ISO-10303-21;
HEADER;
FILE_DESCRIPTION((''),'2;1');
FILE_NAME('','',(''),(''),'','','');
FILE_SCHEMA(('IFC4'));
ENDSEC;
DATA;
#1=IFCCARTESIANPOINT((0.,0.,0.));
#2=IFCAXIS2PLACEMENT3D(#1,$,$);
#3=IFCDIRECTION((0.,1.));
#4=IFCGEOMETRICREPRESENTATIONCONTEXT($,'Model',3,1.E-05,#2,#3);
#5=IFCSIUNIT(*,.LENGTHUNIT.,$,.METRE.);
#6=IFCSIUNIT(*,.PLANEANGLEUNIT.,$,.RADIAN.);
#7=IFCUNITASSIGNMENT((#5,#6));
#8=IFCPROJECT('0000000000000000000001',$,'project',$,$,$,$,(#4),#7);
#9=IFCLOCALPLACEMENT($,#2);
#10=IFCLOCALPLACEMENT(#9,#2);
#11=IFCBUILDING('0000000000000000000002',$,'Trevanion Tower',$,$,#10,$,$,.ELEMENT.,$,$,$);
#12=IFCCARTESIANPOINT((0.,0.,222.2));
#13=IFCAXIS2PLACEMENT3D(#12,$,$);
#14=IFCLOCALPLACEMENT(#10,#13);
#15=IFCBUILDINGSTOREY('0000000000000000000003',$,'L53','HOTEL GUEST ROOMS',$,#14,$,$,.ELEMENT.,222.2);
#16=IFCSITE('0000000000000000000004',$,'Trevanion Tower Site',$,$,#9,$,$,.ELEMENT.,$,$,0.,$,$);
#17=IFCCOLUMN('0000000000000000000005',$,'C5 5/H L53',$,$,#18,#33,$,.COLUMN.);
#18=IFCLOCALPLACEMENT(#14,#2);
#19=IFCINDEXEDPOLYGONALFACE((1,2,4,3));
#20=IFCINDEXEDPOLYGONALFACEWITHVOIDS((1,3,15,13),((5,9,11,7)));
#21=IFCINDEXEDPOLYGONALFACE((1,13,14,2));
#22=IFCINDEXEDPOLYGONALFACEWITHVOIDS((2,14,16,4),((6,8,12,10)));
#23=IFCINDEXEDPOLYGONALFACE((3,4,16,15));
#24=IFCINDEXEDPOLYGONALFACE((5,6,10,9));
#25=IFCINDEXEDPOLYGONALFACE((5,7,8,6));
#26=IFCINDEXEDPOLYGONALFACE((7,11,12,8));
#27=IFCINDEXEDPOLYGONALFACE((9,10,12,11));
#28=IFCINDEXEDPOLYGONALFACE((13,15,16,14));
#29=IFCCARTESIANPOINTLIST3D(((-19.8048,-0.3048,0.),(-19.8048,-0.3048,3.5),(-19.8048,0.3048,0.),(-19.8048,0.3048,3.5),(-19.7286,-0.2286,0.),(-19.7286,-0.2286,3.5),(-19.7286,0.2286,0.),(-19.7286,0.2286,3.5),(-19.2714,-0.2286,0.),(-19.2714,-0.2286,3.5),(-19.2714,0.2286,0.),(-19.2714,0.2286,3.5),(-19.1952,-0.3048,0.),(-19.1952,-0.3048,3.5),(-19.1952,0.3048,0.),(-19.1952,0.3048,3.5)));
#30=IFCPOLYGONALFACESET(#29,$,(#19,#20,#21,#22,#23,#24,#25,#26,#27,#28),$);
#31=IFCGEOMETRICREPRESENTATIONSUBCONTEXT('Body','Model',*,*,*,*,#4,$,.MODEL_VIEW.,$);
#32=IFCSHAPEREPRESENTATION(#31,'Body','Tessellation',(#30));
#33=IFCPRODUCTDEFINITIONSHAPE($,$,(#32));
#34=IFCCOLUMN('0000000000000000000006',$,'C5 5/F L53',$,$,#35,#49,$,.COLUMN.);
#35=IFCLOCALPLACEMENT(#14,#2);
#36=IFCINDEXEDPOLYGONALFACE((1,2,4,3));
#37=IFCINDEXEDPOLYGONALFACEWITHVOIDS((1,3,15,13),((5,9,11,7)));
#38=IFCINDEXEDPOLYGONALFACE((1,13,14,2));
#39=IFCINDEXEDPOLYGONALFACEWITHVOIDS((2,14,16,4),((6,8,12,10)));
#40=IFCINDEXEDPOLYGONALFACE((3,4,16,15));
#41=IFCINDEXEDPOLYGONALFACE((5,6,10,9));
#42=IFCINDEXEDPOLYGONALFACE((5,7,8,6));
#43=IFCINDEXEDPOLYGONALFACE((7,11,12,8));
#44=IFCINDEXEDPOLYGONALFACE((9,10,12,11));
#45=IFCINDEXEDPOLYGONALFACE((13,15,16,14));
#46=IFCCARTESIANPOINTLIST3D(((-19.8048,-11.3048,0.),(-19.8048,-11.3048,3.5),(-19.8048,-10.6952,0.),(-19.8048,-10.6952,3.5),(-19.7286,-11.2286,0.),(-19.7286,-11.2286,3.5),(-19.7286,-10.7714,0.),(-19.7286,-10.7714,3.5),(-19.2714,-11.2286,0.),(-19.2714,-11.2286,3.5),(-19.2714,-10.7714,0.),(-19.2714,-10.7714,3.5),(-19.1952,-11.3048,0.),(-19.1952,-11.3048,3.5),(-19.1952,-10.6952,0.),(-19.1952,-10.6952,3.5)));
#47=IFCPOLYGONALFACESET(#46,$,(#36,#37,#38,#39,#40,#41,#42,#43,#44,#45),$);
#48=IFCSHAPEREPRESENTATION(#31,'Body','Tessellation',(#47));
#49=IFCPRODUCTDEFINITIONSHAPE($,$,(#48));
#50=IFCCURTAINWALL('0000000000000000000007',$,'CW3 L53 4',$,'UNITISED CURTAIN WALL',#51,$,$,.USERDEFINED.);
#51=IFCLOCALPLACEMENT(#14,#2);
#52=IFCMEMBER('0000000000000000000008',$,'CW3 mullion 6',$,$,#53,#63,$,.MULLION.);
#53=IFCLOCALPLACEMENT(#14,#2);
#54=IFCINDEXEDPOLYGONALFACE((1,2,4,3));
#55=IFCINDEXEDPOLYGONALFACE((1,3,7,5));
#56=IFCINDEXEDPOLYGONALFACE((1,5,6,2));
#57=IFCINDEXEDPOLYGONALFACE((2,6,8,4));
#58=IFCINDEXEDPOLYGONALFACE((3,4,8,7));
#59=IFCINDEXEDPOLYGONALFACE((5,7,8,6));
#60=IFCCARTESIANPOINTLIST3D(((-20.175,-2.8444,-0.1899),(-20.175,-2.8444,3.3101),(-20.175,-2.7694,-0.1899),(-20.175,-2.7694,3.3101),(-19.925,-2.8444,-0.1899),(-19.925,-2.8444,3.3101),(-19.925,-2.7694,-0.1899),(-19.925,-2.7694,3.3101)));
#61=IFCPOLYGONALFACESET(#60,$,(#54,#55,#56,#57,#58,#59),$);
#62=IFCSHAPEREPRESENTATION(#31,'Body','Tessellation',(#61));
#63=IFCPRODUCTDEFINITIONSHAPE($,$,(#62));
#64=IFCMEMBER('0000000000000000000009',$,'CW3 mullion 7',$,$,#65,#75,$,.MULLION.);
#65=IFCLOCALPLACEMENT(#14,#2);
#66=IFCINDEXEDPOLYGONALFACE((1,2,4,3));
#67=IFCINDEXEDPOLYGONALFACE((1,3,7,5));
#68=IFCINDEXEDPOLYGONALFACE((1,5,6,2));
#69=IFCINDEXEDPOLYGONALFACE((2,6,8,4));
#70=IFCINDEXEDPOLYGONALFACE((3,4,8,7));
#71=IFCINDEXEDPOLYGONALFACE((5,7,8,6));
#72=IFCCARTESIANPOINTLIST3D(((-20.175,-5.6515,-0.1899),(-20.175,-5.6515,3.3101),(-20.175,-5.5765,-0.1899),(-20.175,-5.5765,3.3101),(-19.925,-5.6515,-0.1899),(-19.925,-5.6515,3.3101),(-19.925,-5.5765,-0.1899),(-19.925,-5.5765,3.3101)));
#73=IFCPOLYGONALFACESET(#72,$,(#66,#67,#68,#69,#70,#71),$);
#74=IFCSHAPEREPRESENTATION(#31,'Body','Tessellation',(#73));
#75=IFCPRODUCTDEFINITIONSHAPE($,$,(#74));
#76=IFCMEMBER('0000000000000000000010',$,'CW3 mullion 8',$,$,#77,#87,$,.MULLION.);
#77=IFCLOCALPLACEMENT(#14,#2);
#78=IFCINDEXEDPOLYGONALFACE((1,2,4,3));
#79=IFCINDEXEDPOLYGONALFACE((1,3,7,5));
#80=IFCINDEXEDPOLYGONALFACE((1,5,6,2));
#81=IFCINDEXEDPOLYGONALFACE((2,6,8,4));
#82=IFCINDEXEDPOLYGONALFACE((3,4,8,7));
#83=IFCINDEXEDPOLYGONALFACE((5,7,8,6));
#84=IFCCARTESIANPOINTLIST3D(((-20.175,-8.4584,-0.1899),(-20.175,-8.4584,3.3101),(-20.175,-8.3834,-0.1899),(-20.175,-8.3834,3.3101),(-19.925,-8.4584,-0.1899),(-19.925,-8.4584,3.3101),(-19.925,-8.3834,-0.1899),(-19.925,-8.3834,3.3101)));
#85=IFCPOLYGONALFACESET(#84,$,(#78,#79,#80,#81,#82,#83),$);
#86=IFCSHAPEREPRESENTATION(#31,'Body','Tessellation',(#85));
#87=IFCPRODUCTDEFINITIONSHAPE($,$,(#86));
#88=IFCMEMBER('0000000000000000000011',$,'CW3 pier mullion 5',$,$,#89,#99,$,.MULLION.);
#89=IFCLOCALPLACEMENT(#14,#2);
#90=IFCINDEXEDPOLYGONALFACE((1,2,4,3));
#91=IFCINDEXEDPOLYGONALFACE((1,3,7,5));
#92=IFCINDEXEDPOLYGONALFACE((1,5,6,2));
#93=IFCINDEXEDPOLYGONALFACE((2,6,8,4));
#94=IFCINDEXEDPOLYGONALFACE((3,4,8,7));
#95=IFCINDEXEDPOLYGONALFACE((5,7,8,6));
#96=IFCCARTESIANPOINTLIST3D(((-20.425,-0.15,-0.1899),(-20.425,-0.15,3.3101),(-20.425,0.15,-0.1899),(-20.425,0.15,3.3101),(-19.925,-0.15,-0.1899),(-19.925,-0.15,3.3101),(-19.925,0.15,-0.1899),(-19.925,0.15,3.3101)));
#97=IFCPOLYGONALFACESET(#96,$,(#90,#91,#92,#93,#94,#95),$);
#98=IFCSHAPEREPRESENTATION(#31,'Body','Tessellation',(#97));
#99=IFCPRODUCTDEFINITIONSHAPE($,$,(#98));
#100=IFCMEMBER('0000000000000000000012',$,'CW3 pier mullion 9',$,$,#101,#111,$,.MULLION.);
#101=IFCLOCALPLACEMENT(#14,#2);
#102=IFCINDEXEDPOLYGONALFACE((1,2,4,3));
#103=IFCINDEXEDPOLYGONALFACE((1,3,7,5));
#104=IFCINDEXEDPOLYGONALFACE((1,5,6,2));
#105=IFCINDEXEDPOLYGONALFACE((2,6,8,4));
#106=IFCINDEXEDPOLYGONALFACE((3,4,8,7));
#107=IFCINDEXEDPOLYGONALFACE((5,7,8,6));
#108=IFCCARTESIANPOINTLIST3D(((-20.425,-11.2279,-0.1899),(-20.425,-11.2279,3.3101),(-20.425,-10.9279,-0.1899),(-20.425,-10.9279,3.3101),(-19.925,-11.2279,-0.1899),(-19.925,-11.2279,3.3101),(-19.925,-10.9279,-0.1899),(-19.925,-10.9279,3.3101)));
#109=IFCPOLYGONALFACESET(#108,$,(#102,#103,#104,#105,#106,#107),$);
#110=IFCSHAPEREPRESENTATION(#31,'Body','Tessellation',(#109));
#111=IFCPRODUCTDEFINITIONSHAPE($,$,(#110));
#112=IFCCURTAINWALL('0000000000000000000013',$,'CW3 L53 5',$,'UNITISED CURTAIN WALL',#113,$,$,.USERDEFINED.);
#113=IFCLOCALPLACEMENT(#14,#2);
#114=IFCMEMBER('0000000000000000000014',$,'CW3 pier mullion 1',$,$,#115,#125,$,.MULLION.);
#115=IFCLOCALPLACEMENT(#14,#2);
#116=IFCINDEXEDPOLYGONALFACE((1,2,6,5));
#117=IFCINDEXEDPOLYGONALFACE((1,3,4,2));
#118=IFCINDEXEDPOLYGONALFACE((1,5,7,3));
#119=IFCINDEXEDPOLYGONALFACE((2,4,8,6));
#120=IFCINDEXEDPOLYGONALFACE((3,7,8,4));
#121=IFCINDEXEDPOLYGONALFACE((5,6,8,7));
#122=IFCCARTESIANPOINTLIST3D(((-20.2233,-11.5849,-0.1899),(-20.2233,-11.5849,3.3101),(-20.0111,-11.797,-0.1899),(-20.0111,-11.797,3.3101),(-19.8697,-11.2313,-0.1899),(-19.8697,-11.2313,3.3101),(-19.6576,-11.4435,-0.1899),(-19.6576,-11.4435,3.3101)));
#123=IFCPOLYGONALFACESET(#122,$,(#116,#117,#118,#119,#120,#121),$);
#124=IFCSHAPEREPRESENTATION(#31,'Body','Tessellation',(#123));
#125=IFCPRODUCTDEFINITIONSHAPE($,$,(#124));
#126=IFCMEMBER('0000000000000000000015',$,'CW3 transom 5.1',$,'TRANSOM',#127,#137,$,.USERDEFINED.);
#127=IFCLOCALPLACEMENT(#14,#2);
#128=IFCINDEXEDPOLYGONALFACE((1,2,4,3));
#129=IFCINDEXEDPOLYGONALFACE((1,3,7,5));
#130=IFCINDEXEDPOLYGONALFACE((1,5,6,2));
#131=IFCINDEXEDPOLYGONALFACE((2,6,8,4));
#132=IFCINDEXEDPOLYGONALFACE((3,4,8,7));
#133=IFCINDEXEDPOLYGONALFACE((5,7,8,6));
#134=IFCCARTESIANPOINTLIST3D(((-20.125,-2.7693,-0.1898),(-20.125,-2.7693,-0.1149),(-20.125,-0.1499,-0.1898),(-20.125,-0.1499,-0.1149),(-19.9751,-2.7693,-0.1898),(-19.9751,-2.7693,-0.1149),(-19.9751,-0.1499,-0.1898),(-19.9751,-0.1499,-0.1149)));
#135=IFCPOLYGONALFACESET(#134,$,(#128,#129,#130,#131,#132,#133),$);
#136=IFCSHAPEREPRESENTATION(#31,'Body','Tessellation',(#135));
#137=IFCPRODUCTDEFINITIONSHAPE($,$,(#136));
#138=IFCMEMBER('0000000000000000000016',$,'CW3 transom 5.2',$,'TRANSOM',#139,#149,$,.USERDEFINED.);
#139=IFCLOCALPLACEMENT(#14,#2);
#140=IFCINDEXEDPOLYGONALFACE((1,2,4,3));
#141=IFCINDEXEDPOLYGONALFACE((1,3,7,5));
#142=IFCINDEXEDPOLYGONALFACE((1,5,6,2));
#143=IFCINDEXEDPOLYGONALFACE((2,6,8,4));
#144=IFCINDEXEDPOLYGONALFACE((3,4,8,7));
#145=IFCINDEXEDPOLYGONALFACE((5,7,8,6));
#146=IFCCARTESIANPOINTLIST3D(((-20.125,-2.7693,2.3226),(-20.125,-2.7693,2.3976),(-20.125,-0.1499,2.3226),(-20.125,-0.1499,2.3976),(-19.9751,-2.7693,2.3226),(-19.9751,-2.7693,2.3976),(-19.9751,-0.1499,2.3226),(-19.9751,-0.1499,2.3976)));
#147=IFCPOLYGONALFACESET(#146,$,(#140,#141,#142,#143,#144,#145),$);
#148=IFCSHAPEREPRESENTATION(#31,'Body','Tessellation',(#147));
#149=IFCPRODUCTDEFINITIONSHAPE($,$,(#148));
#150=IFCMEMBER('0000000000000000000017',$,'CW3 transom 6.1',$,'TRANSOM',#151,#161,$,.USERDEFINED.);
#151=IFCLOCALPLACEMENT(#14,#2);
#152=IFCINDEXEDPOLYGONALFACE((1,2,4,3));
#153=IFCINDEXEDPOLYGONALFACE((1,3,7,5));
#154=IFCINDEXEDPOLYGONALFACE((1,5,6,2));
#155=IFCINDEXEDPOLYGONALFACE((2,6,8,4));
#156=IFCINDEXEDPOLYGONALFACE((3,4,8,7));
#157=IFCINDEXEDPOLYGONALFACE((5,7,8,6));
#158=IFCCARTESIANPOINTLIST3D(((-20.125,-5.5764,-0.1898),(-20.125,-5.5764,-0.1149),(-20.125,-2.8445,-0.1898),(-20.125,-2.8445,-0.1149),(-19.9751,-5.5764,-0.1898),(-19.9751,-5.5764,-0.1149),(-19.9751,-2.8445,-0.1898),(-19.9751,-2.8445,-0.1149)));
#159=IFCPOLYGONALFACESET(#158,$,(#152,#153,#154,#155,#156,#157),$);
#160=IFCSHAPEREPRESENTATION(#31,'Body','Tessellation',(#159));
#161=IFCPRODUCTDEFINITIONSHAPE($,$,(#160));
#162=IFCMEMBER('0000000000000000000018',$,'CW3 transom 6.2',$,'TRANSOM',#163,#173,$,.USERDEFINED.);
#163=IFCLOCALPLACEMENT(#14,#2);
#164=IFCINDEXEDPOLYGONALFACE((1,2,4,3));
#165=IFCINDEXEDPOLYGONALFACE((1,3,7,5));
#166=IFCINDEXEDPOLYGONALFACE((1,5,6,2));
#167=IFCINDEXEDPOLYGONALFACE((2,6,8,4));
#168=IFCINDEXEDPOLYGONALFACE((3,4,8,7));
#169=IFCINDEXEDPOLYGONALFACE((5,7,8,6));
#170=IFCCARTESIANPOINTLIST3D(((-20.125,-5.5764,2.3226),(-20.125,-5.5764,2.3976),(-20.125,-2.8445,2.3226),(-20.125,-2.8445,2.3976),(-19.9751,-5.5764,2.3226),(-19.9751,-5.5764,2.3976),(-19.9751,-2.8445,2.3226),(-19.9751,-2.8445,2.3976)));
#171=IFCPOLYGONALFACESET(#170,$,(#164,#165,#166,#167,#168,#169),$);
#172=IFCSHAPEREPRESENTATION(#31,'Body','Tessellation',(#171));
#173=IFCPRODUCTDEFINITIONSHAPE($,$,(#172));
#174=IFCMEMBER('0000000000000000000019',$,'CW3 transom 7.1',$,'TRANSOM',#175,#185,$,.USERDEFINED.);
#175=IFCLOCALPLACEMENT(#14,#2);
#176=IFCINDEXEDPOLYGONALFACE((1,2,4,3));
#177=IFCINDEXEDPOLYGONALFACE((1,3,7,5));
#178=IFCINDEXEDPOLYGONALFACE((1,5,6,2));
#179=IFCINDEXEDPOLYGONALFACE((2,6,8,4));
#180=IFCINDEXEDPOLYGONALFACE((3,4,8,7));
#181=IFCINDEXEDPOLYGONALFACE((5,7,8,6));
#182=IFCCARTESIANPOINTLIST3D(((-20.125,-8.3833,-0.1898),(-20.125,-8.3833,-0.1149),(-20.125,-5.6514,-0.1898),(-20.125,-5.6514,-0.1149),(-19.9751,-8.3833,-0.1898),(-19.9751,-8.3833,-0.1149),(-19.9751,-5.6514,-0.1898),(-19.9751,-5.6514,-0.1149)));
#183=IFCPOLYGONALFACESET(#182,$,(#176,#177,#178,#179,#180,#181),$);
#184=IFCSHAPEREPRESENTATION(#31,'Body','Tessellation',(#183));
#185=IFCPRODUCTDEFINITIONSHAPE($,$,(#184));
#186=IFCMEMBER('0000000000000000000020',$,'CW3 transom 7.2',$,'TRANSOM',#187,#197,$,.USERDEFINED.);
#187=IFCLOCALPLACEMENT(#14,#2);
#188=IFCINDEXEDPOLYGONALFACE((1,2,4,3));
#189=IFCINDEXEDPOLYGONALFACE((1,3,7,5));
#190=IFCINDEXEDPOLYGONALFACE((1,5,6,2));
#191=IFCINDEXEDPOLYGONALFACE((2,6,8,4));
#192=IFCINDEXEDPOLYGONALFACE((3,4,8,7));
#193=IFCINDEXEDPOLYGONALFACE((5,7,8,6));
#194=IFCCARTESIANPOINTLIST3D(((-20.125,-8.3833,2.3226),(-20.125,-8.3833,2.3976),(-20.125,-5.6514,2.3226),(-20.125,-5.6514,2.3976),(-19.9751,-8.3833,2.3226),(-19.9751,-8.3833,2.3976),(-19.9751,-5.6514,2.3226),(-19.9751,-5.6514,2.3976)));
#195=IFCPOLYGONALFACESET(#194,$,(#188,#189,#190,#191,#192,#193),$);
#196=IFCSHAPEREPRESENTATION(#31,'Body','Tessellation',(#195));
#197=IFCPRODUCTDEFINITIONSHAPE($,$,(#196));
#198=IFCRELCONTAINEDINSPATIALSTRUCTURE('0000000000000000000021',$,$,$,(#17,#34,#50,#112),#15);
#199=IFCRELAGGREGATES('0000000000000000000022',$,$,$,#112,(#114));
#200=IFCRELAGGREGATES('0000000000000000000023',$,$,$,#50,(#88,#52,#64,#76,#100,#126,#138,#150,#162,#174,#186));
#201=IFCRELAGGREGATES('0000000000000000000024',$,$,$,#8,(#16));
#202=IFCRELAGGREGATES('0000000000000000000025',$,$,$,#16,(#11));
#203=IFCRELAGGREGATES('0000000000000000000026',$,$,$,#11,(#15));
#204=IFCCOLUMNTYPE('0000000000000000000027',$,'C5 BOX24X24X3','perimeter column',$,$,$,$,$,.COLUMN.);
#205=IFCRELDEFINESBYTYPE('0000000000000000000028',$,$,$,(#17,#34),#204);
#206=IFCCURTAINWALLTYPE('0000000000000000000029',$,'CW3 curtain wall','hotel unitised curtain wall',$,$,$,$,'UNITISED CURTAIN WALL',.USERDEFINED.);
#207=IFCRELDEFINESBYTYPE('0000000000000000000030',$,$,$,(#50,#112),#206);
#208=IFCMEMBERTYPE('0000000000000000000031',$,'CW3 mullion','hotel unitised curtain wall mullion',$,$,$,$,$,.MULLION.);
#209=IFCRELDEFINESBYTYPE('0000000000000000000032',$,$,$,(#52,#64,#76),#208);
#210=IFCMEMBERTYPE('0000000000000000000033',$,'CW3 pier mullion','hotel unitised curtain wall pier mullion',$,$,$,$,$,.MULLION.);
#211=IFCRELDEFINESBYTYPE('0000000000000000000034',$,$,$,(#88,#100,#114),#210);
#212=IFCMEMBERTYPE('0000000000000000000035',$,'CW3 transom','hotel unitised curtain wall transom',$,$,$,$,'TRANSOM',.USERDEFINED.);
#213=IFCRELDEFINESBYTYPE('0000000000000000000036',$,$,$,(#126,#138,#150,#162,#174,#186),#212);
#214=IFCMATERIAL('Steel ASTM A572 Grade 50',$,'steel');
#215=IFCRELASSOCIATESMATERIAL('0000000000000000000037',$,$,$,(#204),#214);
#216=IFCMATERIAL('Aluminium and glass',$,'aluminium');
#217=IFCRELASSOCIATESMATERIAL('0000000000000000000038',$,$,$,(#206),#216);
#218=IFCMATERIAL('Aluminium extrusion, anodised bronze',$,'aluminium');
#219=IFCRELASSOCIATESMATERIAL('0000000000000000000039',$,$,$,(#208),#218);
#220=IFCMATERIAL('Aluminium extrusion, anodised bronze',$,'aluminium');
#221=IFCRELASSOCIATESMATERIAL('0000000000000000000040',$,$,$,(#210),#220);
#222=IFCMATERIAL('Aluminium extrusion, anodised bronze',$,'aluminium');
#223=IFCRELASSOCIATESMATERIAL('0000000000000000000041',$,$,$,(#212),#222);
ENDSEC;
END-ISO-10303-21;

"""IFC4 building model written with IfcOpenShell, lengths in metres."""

from ifc_helpers import new_model, si_unit, direction, frame, origin, origin_2d, place, context, subcontext, project, spatial, rectangle, hollow_rectangle, extrude, material, material_profile, profile_set, type_object, element, aggregate, save


model = new_model("IFC4")

# Units and contexts
model_context = context("Model", 3, precision=1e-05, world=origin(), true_north=direction((0.0, 1.0)))
body_context = subcontext(model_context, "Body", "Model", "MODEL_VIEW")
ifc_project = project(units=[si_unit("LENGTHUNIT", "METRE"), si_unit("PLANEANGLEUNIT", "RADIAN")], contexts=[model_context])

# Site, building, storey
site_placement = place(None, origin())
site = spatial("IfcSite", under=ifc_project, at=site_placement, Name="Trevanion Tower Site", CompositionType="ELEMENT", RefElevation=0.0)
building_placement = place(site_placement, origin())
building = spatial("IfcBuilding", under=site, at=building_placement, Name="Trevanion Tower", CompositionType="ELEMENT")
storey_placement = place(building_placement, frame((0.0, 0.0, 222.2)))
storey = spatial("IfcBuildingStorey", under=building, at=storey_placement, Name="L53", Description="HOTEL GUEST ROOMS", CompositionType="ELEMENT", Elevation=222.2)

# Columns
ifc_material_1 = material(Name="Steel ASTM A572 Grade 50", Category="steel")
ifc_material_profile_1 = material_profile(ifc_material_1, hollow_rectangle(XDim=0.6096, YDim=0.6096, WallThickness=0.0762, at=origin_2d()), Name="BOX24X24X3")
ifc_profile_set_1 = profile_set([ifc_material_profile_1], Name="Steel ASTM A572 Grade 50")
column_type = type_object("IfcColumnType", Name="C5 BOX24X24X3", Description="perimeter column", PredefinedType="COLUMN", material=ifc_profile_set_1)
for number, where, z_axis, x_axis, name in (
    (1, (-19.5, 0.0, 0.0), (0.0, 0.0, 1.0), (0.0, 1.0, 0.0), "C5 5/H L53"),
    (2, (-19.5, -11.0, 0.0), (0.0, 0.0, 1.0), (0.0, 1.0, 0.0), "C5 5/F L53"),
):
    element("IfcColumn", number, at=place(storey_placement, frame(where, z_axis=z_axis, x_axis=x_axis)), inside=storey, type_object=column_type, Name=name, PredefinedType="COLUMN", context=body_context, shape_type="SweptSolid", body=[
        extrude(hollow_rectangle(XDim=0.6096, YDim=0.6096, WallThickness=0.0762, at=origin_2d()), origin(), (0.0, 0.0, 1.0), 3.5),
    ])

# Curtain wall, members
ifc_material_2 = material(Name="Aluminium and glass", Category="aluminium")
curtain_wall_type = type_object("IfcCurtainWallType", Name="CW3 curtain wall", Description="hotel unitised curtain wall", ElementType="UNITISED CURTAIN WALL", PredefinedType="USERDEFINED", material=ifc_material_2)
curtain_wall_1_placement = place(storey_placement, origin())
curtain_wall_1 = element("IfcCurtainWall", 3, at=curtain_wall_1_placement, inside=storey, type_object=curtain_wall_type, Name="CW3 L53 4", ObjectType="UNITISED CURTAIN WALL", PredefinedType="USERDEFINED")
ifc_material_3 = material(Name="Aluminium extrusion, anodised bronze", Category="aluminium")
ifc_material_profile_2 = material_profile(ifc_material_3, rectangle(XDim=0.075, YDim=0.25, at=origin_2d()), Name="CW3 mullion")
ifc_profile_set_2 = profile_set([ifc_material_profile_2], Name="Aluminium extrusion, anodised bronze")
member_type_1 = type_object("IfcMemberType", Name="CW3 mullion", Description="hotel unitised curtain wall mullion", PredefinedType="MULLION", material=ifc_profile_set_2)
member_1_placement = place(storey_placement, frame((-20.05, -2.8069, -0.1899), z_axis=(0.0, 0.0, 1.0), x_axis=(0.0, -1.0, 0.0)))
member_1 = element("IfcMember", 4, at=member_1_placement, type_object=member_type_1, Name="CW3 mullion 6", PredefinedType="MULLION", context=body_context, shape_type="SweptSolid", body=[
    extrude(rectangle(XDim=0.075, YDim=0.25, at=origin_2d()), origin(), (0.0, 0.0, 1.0), 3.5),
])
member_2_placement = place(storey_placement, frame((-20.05, -5.614, -0.1899), z_axis=(0.0, 0.0, 1.0), x_axis=(0.0, -1.0, 0.0)))
member_2 = element("IfcMember", 5, at=member_2_placement, type_object=member_type_1, Name="CW3 mullion 7", PredefinedType="MULLION", context=body_context, shape_type="SweptSolid", body=[
    extrude(rectangle(XDim=0.075, YDim=0.25, at=origin_2d()), origin(), (0.0, 0.0, 1.0), 3.5),
])
member_3_placement = place(storey_placement, frame((-20.05, -8.4209, -0.1899), z_axis=(0.0, 0.0, 1.0), x_axis=(0.0, -1.0, 0.0)))
member_3 = element("IfcMember", 6, at=member_3_placement, type_object=member_type_1, Name="CW3 mullion 8", PredefinedType="MULLION", context=body_context, shape_type="SweptSolid", body=[
    extrude(rectangle(XDim=0.075, YDim=0.25, at=origin_2d()), origin(), (0.0, 0.0, 1.0), 3.5),
])
ifc_material_4 = material(Name="Aluminium extrusion, anodised bronze", Category="aluminium")
ifc_material_profile_3 = material_profile(ifc_material_4, rectangle(XDim=0.3, YDim=0.5, at=origin_2d()), Name="CW3 pier mullion")
ifc_profile_set_3 = profile_set([ifc_material_profile_3], Name="Aluminium extrusion, anodised bronze")
member_type_2 = type_object("IfcMemberType", Name="CW3 pier mullion", Description="hotel unitised curtain wall pier mullion", PredefinedType="MULLION", material=ifc_profile_set_3)
member_4_placement = place(storey_placement, frame((-20.175, 0.0, -0.1899), z_axis=(0.0, 0.0, 1.0), x_axis=(0.0, -1.0, 0.0)))
member_4 = element("IfcMember", 7, at=member_4_placement, type_object=member_type_2, Name="CW3 pier mullion 5", PredefinedType="MULLION", context=body_context, shape_type="SweptSolid", body=[
    extrude(rectangle(XDim=0.3, YDim=0.5, at=origin_2d()), origin(), (0.0, 0.0, 1.0), 3.5),
])
member_5_placement = place(storey_placement, frame((-20.175, -11.0779, -0.1899), z_axis=(0.0, 0.0, 1.0), x_axis=(0.0, -1.0, 0.0)))
member_5 = element("IfcMember", 8, at=member_5_placement, type_object=member_type_2, Name="CW3 pier mullion 9", PredefinedType="MULLION", context=body_context, shape_type="SweptSolid", body=[
    extrude(rectangle(XDim=0.3, YDim=0.5, at=origin_2d()), origin(), (0.0, 0.0, 1.0), 3.5),
])

# Curtain wall, member
curtain_wall_2_placement = place(storey_placement, origin())
curtain_wall_2 = element("IfcCurtainWall", 9, at=curtain_wall_2_placement, inside=storey, type_object=curtain_wall_type, Name="CW3 L53 5", ObjectType="UNITISED CURTAIN WALL", PredefinedType="USERDEFINED")
member_6_placement = place(storey_placement, frame((-19.9404, -11.5142, -0.1899), z_axis=(0.0, 0.0, 1.0), x_axis=(0.707107, -0.707107, 0.0)))
member_6 = element("IfcMember", 10, at=member_6_placement, type_object=member_type_2, Name="CW3 pier mullion 1", PredefinedType="MULLION", context=body_context, shape_type="SweptSolid", body=[
    extrude(rectangle(XDim=0.3, YDim=0.5, at=origin_2d()), origin(), (0.0, 0.0, 1.0), 3.5),
])
aggregate(curtain_wall_2, [member_6])

# Members
ifc_material_5 = material(Name="Aluminium extrusion, anodised bronze", Category="aluminium")
ifc_material_profile_4 = material_profile(ifc_material_5, rectangle(XDim=0.1499, YDim=0.075, at=origin_2d()), Name="CW3 transom")
ifc_profile_set_4 = profile_set([ifc_material_profile_4], Name="Aluminium extrusion, anodised bronze")
member_type_3 = type_object("IfcMemberType", Name="CW3 transom", Description="hotel unitised curtain wall transom", ElementType="TRANSOM", PredefinedType="USERDEFINED", material=ifc_profile_set_4)
member_7_placement = place(storey_placement, frame((-20.05, -0.1499, -0.1523), z_axis=(0.0, -1.0, 0.0), x_axis=(1.0, 0.0, 0.0)))
member_7 = element("IfcMember", 11, at=member_7_placement, type_object=member_type_3, Name="CW3 transom 5.1", ObjectType="TRANSOM", PredefinedType="USERDEFINED", context=body_context, shape_type="SweptSolid", body=[
    extrude(rectangle(XDim=0.1499, YDim=0.075, at=origin_2d()), origin(), (0.0, 0.0, 1.0), 2.6194),
])
member_8_placement = place(storey_placement, frame((-20.05, -0.1499, 2.3601), z_axis=(0.0, -1.0, 0.0), x_axis=(1.0, 0.0, 0.0)))
member_8 = element("IfcMember", 12, at=member_8_placement, type_object=member_type_3, Name="CW3 transom 5.2", ObjectType="TRANSOM", PredefinedType="USERDEFINED", context=body_context, shape_type="SweptSolid", body=[
    extrude(rectangle(XDim=0.1499, YDim=0.075, at=origin_2d()), origin(), (0.0, 0.0, 1.0), 2.6194),
])
member_9_placement = place(storey_placement, frame((-20.05, -2.8445, -0.1523), z_axis=(0.0, -1.0, 0.0), x_axis=(1.0, 0.0, 0.0)))
member_9 = element("IfcMember", 13, at=member_9_placement, type_object=member_type_3, Name="CW3 transom 6.1", ObjectType="TRANSOM", PredefinedType="USERDEFINED", context=body_context, shape_type="SweptSolid", body=[
    extrude(rectangle(XDim=0.1499, YDim=0.075, at=origin_2d()), origin(), (0.0, 0.0, 1.0), 2.7319),
])
member_10_placement = place(storey_placement, frame((-20.05, -2.8445, 2.3601), z_axis=(0.0, -1.0, 0.0), x_axis=(1.0, 0.0, 0.0)))
member_10 = element("IfcMember", 14, at=member_10_placement, type_object=member_type_3, Name="CW3 transom 6.2", ObjectType="TRANSOM", PredefinedType="USERDEFINED", context=body_context, shape_type="SweptSolid", body=[
    extrude(rectangle(XDim=0.1499, YDim=0.075, at=origin_2d()), origin(), (0.0, 0.0, 1.0), 2.7319),
])
member_11_placement = place(storey_placement, frame((-20.05, -5.6514, -0.1523), z_axis=(0.0, -1.0, 0.0), x_axis=(1.0, 0.0, 0.0)))
member_11 = element("IfcMember", 15, at=member_11_placement, type_object=member_type_3, Name="CW3 transom 7.1", ObjectType="TRANSOM", PredefinedType="USERDEFINED", context=body_context, shape_type="SweptSolid", body=[
    extrude(rectangle(XDim=0.1499, YDim=0.075, at=origin_2d()), origin(), (0.0, 0.0, 1.0), 2.7319),
])
member_12_placement = place(storey_placement, frame((-20.05, -5.6514, 2.3601), z_axis=(0.0, -1.0, 0.0), x_axis=(1.0, 0.0, 0.0)))
member_12 = element("IfcMember", 16, at=member_12_placement, type_object=member_type_3, Name="CW3 transom 7.2", ObjectType="TRANSOM", PredefinedType="USERDEFINED", context=body_context, shape_type="SweptSolid", body=[
    extrude(rectangle(XDim=0.1499, YDim=0.075, at=origin_2d()), origin(), (0.0, 0.0, 1.0), 2.7319),
])

aggregate(curtain_wall_1, [member_4, member_1, member_2, member_3, member_5, member_7, member_8, member_9, member_10, member_11, member_12])

save(model, "model.ifc")
